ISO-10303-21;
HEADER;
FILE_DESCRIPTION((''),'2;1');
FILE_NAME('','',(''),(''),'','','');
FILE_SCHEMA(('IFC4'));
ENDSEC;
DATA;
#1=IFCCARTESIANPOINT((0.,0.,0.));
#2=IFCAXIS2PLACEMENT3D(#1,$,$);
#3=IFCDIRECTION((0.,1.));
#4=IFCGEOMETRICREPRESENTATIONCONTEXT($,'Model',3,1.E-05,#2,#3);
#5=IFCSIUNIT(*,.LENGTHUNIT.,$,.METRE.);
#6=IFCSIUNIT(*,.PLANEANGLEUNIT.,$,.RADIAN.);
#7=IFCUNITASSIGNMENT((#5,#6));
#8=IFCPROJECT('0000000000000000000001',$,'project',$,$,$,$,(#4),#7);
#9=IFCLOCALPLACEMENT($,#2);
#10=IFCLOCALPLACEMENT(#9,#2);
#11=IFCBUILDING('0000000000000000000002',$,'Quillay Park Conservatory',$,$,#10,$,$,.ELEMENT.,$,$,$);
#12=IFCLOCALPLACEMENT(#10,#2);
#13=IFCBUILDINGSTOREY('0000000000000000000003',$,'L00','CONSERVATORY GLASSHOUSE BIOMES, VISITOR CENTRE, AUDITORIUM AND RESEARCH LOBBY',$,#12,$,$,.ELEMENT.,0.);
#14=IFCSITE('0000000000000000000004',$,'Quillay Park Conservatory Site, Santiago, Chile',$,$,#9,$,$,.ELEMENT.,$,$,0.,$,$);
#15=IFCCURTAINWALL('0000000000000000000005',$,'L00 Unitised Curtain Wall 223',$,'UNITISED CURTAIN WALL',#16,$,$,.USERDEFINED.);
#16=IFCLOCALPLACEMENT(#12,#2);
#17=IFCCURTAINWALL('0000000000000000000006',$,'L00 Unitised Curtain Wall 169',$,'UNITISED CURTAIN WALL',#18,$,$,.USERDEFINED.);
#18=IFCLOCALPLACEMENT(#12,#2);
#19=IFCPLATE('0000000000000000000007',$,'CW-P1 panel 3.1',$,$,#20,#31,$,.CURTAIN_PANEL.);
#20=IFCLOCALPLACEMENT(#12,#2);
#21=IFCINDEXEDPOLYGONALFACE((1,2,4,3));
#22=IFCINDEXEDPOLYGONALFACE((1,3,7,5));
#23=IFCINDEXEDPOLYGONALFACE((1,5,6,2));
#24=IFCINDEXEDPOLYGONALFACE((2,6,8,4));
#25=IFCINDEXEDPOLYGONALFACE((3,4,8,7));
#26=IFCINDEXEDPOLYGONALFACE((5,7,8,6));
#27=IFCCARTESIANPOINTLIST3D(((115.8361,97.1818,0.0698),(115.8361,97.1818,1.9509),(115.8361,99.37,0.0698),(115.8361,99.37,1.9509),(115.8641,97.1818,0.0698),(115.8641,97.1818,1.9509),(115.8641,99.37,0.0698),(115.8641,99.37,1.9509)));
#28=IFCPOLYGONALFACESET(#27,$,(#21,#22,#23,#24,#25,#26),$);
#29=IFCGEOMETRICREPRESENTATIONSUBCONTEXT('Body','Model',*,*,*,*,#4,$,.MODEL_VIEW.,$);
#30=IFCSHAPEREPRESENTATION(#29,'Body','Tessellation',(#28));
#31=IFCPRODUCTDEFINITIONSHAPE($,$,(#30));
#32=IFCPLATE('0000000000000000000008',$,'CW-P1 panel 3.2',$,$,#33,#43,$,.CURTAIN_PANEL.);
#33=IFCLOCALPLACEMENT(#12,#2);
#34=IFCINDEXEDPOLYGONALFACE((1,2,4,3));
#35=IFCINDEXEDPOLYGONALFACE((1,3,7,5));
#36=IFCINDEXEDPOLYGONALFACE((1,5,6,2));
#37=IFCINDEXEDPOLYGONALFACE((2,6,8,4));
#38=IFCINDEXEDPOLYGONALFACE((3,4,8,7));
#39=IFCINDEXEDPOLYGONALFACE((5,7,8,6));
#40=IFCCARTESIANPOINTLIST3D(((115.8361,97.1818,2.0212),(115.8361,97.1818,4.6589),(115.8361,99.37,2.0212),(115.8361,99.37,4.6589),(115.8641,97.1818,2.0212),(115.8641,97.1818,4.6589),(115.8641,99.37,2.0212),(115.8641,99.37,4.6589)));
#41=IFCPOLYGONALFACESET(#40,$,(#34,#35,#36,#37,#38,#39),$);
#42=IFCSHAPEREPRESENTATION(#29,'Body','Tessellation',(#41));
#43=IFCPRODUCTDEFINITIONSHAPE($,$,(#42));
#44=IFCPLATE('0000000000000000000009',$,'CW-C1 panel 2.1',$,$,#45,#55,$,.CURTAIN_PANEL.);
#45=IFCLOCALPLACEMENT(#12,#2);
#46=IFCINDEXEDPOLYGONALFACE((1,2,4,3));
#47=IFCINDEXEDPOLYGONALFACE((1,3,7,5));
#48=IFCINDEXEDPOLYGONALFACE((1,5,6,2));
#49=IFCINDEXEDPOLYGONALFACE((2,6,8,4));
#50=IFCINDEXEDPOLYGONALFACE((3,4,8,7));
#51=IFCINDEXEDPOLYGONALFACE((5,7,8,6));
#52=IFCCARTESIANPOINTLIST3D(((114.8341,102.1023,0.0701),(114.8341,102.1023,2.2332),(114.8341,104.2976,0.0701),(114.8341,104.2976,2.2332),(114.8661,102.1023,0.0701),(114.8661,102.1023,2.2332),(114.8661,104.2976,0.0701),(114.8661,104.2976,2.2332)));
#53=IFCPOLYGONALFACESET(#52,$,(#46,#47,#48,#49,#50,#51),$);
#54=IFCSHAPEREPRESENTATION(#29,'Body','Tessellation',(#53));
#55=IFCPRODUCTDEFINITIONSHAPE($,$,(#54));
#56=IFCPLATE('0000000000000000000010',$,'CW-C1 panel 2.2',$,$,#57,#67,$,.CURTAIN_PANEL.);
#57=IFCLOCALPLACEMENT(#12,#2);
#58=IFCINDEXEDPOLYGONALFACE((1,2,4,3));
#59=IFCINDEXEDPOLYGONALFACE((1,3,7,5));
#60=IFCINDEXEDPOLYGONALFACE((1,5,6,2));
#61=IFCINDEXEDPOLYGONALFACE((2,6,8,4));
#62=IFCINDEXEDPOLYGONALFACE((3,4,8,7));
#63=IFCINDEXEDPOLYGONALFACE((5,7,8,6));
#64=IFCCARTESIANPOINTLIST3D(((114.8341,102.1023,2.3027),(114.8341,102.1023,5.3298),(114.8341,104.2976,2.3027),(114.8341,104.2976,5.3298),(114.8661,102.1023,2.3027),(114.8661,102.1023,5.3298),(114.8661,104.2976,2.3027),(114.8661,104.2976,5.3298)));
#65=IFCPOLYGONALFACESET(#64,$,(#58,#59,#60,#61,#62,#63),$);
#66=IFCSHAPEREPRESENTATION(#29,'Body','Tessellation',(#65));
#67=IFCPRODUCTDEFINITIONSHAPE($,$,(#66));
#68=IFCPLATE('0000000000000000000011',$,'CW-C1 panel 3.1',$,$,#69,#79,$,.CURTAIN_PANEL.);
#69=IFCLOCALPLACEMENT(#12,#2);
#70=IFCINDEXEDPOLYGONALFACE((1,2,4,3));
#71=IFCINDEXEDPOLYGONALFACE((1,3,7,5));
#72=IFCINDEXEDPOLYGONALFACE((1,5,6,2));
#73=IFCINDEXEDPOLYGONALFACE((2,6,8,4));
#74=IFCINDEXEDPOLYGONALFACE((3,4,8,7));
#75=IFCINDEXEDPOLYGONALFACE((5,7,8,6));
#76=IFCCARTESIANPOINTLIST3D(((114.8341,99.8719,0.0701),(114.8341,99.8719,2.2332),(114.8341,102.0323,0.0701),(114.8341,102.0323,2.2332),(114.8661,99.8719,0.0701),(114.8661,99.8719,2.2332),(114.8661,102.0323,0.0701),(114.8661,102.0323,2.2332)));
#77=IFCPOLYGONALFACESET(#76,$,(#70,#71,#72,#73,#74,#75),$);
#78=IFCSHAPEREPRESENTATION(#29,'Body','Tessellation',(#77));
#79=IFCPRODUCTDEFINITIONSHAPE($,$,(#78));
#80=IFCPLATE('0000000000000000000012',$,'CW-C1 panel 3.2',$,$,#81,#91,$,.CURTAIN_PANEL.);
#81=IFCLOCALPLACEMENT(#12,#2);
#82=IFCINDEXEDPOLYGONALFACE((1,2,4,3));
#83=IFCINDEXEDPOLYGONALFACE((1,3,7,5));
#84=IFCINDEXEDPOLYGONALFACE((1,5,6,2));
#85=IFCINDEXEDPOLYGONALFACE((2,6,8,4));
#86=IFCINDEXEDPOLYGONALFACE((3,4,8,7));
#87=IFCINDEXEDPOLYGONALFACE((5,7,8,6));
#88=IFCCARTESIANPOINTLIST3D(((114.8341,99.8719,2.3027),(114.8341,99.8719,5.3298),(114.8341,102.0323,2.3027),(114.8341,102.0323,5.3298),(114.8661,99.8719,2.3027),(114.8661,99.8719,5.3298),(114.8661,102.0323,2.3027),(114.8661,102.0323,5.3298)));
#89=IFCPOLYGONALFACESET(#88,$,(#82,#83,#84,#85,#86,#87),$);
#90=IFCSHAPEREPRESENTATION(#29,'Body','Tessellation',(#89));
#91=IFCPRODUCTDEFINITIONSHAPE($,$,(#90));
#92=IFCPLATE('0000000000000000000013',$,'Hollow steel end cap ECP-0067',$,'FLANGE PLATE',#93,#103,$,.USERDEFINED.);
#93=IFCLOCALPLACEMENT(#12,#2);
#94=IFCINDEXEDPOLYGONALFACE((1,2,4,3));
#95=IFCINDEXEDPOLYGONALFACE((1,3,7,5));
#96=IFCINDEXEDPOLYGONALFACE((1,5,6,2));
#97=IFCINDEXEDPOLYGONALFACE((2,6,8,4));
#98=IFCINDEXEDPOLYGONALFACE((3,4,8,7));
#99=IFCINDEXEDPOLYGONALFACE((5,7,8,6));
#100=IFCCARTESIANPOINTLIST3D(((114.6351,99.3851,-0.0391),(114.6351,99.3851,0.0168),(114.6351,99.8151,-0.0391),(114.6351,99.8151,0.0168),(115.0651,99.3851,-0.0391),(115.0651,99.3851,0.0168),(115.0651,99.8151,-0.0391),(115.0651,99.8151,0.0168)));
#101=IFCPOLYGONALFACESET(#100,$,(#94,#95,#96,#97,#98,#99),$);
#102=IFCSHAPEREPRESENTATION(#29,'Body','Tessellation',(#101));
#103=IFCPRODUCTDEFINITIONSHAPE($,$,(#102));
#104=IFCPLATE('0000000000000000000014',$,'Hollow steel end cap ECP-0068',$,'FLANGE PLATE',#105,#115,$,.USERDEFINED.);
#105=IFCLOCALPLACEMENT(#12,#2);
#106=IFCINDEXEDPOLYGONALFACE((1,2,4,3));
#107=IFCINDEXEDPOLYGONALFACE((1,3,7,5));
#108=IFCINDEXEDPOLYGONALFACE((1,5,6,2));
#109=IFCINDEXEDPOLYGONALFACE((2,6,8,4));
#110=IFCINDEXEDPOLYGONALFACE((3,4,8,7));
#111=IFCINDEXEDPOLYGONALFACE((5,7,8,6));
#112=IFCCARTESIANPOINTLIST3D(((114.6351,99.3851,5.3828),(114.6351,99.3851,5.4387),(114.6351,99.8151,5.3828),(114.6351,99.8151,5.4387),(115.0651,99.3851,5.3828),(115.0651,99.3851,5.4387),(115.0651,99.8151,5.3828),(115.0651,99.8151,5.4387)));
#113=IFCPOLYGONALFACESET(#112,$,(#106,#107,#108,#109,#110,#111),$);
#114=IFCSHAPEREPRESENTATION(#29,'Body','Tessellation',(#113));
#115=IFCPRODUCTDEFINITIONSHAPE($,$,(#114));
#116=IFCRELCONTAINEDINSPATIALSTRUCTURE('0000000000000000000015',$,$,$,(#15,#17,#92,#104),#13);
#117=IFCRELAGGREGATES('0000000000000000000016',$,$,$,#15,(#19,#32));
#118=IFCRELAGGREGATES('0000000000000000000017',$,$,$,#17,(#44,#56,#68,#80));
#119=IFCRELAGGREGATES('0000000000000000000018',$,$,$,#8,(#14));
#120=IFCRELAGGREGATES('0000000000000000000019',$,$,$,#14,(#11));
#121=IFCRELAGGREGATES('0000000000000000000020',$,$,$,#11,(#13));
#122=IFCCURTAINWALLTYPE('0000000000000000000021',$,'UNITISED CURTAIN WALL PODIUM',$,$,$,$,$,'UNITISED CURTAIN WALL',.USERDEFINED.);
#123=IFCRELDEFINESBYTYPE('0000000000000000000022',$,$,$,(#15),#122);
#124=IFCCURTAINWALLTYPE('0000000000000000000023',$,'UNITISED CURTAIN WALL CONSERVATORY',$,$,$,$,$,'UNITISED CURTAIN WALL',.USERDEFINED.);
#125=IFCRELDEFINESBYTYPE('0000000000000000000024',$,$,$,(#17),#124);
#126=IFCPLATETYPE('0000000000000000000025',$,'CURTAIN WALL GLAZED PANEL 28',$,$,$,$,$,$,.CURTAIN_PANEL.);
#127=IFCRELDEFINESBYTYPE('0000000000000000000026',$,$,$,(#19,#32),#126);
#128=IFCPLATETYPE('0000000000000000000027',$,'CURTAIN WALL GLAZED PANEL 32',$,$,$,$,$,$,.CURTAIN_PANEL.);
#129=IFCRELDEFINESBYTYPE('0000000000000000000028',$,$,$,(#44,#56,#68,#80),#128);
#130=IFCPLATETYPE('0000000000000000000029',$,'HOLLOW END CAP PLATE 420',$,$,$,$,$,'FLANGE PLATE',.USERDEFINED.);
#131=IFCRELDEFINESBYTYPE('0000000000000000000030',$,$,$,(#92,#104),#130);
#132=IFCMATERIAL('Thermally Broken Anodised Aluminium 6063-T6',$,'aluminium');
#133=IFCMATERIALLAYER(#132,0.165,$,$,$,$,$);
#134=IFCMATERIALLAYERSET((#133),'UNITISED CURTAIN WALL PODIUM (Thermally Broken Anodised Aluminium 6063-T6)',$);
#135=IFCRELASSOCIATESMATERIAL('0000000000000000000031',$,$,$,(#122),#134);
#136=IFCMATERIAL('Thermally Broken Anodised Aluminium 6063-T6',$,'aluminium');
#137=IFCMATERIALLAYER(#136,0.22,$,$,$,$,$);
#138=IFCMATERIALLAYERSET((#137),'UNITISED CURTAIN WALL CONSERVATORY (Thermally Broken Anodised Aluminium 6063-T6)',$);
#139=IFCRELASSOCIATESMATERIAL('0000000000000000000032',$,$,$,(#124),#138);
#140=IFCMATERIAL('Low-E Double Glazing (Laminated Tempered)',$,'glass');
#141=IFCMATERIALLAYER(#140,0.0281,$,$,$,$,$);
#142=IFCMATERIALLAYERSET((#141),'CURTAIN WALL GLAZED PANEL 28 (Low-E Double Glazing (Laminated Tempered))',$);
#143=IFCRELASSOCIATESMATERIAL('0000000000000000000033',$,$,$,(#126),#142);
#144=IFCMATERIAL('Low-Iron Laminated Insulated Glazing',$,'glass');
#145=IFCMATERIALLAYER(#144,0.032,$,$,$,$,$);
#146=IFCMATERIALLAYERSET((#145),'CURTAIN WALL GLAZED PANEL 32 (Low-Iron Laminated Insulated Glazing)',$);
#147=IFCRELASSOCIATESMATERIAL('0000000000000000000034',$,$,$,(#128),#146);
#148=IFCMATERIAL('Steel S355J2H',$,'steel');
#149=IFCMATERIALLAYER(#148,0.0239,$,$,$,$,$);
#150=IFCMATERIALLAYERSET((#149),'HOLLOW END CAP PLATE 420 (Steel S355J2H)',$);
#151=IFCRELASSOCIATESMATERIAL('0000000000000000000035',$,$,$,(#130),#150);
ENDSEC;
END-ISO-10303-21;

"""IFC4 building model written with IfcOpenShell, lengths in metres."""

from ifc_helpers import new_model, si_unit, direction, frame, origin, origin_2d, place, context, subcontext, project, spatial, rectangle, extrude, material, layer, layer_set, type_object, element, aggregate, save


model = new_model("IFC4")

# Units and contexts
model_context = context("Model", 3, precision=1e-05, world=origin(), true_north=direction((0.0, 1.0)))
body_context = subcontext(model_context, "Body", "Model", "MODEL_VIEW")
ifc_project = project(units=[si_unit("LENGTHUNIT", "METRE"), si_unit("PLANEANGLEUNIT", "RADIAN")], contexts=[model_context])

# Site, building, storey
site_placement = place(None, origin())
site = spatial("IfcSite", under=ifc_project, at=site_placement, Name="Quillay Park Conservatory Site, Santiago, Chile", CompositionType="ELEMENT", RefElevation=0.0)
building_placement = place(site_placement, origin())
building = spatial("IfcBuilding", under=site, at=building_placement, Name="Quillay Park Conservatory", CompositionType="ELEMENT")
storey_placement = place(building_placement, origin())
storey = spatial("IfcBuildingStorey", under=building, at=storey_placement, Name="L00", Description="CONSERVATORY GLASSHOUSE BIOMES, VISITOR CENTRE, AUDITORIUM AND RESEARCH LOBBY", CompositionType="ELEMENT", Elevation=0.0)

# Curtain walls
ifc_material_1 = material(Name="Thermally Broken Anodised Aluminium 6063-T6", Category="aluminium")
ifc_layer_1 = layer(ifc_material_1, 0.165)
ifc_layer_set_1 = layer_set([ifc_layer_1], Name="UNITISED CURTAIN WALL PODIUM (Thermally Broken Anodised Aluminium 6063-T6)")
curtain_wall_type_1 = type_object("IfcCurtainWallType", Name="UNITISED CURTAIN WALL PODIUM", ElementType="UNITISED CURTAIN WALL", PredefinedType="USERDEFINED", material=ifc_layer_set_1)
curtain_wall_1_placement = place(storey_placement, origin())
curtain_wall_1 = element("IfcCurtainWall", 1, at=curtain_wall_1_placement, inside=storey, type_object=curtain_wall_type_1, Name="L00 Unitised Curtain Wall 223", ObjectType="UNITISED CURTAIN WALL", PredefinedType="USERDEFINED")
ifc_material_2 = material(Name="Thermally Broken Anodised Aluminium 6063-T6", Category="aluminium")
ifc_layer_2 = layer(ifc_material_2, 0.22)
ifc_layer_set_2 = layer_set([ifc_layer_2], Name="UNITISED CURTAIN WALL CONSERVATORY (Thermally Broken Anodised Aluminium 6063-T6)")
curtain_wall_type_2 = type_object("IfcCurtainWallType", Name="UNITISED CURTAIN WALL CONSERVATORY", ElementType="UNITISED CURTAIN WALL", PredefinedType="USERDEFINED", material=ifc_layer_set_2)
curtain_wall_2_placement = place(storey_placement, origin())
curtain_wall_2 = element("IfcCurtainWall", 2, at=curtain_wall_2_placement, inside=storey, type_object=curtain_wall_type_2, Name="L00 Unitised Curtain Wall 169", ObjectType="UNITISED CURTAIN WALL", PredefinedType="USERDEFINED")

# Plates
ifc_material_3 = material(Name="Low-E Double Glazing (Laminated Tempered)", Category="glass")
ifc_layer_3 = layer(ifc_material_3, 0.0281)
ifc_layer_set_3 = layer_set([ifc_layer_3], Name="CURTAIN WALL GLAZED PANEL 28 (Low-E Double Glazing (Laminated Tempered))")
plate_type_1 = type_object("IfcPlateType", Name="CURTAIN WALL GLAZED PANEL 28", PredefinedType="CURTAIN_PANEL", material=ifc_layer_set_3)
plate_1_placement = place(storey_placement, frame((115.8501, 98.2759, 0.0698), z_axis=(0.0, 0.0, 1.0), x_axis=(0.0, 1.0, 0.0)))
plate_1 = element("IfcPlate", 3, at=plate_1_placement, type_object=plate_type_1, Name="CW-P1 panel 3.1", PredefinedType="CURTAIN_PANEL", context=body_context, shape_type="SweptSolid", body=[
    extrude(rectangle(XDim=2.1882, YDim=0.0281, at=origin_2d()), origin(), (0.0, 0.0, 1.0), 1.8811),
])
plate_2_placement = place(storey_placement, frame((115.8501, 98.2759, 2.0212), z_axis=(0.0, 0.0, 1.0), x_axis=(0.0, 1.0, 0.0)))
plate_2 = element("IfcPlate", 4, at=plate_2_placement, type_object=plate_type_1, Name="CW-P1 panel 3.2", PredefinedType="CURTAIN_PANEL", context=body_context, shape_type="SweptSolid", body=[
    extrude(rectangle(XDim=2.1882, YDim=0.0281, at=origin_2d()), origin(), (0.0, 0.0, 1.0), 2.6377),
])
aggregate(curtain_wall_1, [plate_1, plate_2])
ifc_material_4 = material(Name="Low-Iron Laminated Insulated Glazing", Category="glass")
ifc_layer_4 = layer(ifc_material_4, 0.032)
ifc_layer_set_4 = layer_set([ifc_layer_4], Name="CURTAIN WALL GLAZED PANEL 32 (Low-Iron Laminated Insulated Glazing)")
plate_type_2 = type_object("IfcPlateType", Name="CURTAIN WALL GLAZED PANEL 32", PredefinedType="CURTAIN_PANEL", material=ifc_layer_set_4)
plate_3_placement = place(storey_placement, frame((114.8501, 103.2, 0.0701), z_axis=(0.0, 0.0, 1.0), x_axis=(0.0, -1.0, 0.0)))
plate_3 = element("IfcPlate", 5, at=plate_3_placement, type_object=plate_type_2, Name="CW-C1 panel 2.1", PredefinedType="CURTAIN_PANEL", context=body_context, shape_type="SweptSolid", body=[
    extrude(rectangle(XDim=2.1953, YDim=0.032, at=origin_2d()), origin(), (0.0, 0.0, 1.0), 2.1631),
])
plate_4_placement = place(storey_placement, frame((114.8501, 103.2, 2.3027), z_axis=(0.0, 0.0, 1.0), x_axis=(0.0, -1.0, 0.0)))
plate_4 = element("IfcPlate", 6, at=plate_4_placement, type_object=plate_type_2, Name="CW-C1 panel 2.2", PredefinedType="CURTAIN_PANEL", context=body_context, shape_type="SweptSolid", body=[
    extrude(rectangle(XDim=2.1953, YDim=0.032, at=origin_2d()), origin(), (0.0, 0.0, 1.0), 3.0271),
])
plate_5_placement = place(storey_placement, frame((114.8501, 100.9521, 0.0701), z_axis=(0.0, 0.0, 1.0), x_axis=(0.0, -1.0, 0.0)))
plate_5 = element("IfcPlate", 7, at=plate_5_placement, type_object=plate_type_2, Name="CW-C1 panel 3.1", PredefinedType="CURTAIN_PANEL", context=body_context, shape_type="SweptSolid", body=[
    extrude(rectangle(XDim=2.1604, YDim=0.032, at=origin_2d()), origin(), (0.0, 0.0, 1.0), 2.1631),
])
plate_6_placement = place(storey_placement, frame((114.8501, 100.9521, 2.3027), z_axis=(0.0, 0.0, 1.0), x_axis=(0.0, -1.0, 0.0)))
plate_6 = element("IfcPlate", 8, at=plate_6_placement, type_object=plate_type_2, Name="CW-C1 panel 3.2", PredefinedType="CURTAIN_PANEL", context=body_context, shape_type="SweptSolid", body=[
    extrude(rectangle(XDim=2.1604, YDim=0.032, at=origin_2d()), origin(), (0.0, 0.0, 1.0), 3.0271),
])
aggregate(curtain_wall_2, [plate_3, plate_4, plate_5, plate_6])

# Plates
ifc_material_5 = material(Name="Steel S355J2H", Category="steel")
ifc_layer_5 = layer(ifc_material_5, 0.0239)
ifc_layer_set_5 = layer_set([ifc_layer_5], Name="HOLLOW END CAP PLATE 420 (Steel S355J2H)")
plate_type_3 = type_object("IfcPlateType", Name="HOLLOW END CAP PLATE 420", ElementType="FLANGE PLATE", PredefinedType="USERDEFINED", material=ifc_layer_set_5)
for number, where, z_axis, x_axis, name in (
    (9, (114.8501, 99.6001, -0.0391), (0.0, 0.0, 1.0), (1.0, 0.0, 0.0), "Hollow steel end cap ECP-0067"),
    (10, (114.8501, 99.6001, 5.3828), (0.0, 0.0, 1.0), (1.0, 0.0, 0.0), "Hollow steel end cap ECP-0068"),
):
    element("IfcPlate", number, at=place(storey_placement, frame(where, z_axis=z_axis, x_axis=x_axis)), inside=storey, type_object=plate_type_3, Name=name, ObjectType="FLANGE PLATE", PredefinedType="USERDEFINED", context=body_context, shape_type="SweptSolid", body=[
        extrude(rectangle(XDim=0.4299, YDim=0.4299, at=origin_2d()), origin(), (0.0, 0.0, 1.0), 0.0559),
    ])

save(model, "model.ifc")
